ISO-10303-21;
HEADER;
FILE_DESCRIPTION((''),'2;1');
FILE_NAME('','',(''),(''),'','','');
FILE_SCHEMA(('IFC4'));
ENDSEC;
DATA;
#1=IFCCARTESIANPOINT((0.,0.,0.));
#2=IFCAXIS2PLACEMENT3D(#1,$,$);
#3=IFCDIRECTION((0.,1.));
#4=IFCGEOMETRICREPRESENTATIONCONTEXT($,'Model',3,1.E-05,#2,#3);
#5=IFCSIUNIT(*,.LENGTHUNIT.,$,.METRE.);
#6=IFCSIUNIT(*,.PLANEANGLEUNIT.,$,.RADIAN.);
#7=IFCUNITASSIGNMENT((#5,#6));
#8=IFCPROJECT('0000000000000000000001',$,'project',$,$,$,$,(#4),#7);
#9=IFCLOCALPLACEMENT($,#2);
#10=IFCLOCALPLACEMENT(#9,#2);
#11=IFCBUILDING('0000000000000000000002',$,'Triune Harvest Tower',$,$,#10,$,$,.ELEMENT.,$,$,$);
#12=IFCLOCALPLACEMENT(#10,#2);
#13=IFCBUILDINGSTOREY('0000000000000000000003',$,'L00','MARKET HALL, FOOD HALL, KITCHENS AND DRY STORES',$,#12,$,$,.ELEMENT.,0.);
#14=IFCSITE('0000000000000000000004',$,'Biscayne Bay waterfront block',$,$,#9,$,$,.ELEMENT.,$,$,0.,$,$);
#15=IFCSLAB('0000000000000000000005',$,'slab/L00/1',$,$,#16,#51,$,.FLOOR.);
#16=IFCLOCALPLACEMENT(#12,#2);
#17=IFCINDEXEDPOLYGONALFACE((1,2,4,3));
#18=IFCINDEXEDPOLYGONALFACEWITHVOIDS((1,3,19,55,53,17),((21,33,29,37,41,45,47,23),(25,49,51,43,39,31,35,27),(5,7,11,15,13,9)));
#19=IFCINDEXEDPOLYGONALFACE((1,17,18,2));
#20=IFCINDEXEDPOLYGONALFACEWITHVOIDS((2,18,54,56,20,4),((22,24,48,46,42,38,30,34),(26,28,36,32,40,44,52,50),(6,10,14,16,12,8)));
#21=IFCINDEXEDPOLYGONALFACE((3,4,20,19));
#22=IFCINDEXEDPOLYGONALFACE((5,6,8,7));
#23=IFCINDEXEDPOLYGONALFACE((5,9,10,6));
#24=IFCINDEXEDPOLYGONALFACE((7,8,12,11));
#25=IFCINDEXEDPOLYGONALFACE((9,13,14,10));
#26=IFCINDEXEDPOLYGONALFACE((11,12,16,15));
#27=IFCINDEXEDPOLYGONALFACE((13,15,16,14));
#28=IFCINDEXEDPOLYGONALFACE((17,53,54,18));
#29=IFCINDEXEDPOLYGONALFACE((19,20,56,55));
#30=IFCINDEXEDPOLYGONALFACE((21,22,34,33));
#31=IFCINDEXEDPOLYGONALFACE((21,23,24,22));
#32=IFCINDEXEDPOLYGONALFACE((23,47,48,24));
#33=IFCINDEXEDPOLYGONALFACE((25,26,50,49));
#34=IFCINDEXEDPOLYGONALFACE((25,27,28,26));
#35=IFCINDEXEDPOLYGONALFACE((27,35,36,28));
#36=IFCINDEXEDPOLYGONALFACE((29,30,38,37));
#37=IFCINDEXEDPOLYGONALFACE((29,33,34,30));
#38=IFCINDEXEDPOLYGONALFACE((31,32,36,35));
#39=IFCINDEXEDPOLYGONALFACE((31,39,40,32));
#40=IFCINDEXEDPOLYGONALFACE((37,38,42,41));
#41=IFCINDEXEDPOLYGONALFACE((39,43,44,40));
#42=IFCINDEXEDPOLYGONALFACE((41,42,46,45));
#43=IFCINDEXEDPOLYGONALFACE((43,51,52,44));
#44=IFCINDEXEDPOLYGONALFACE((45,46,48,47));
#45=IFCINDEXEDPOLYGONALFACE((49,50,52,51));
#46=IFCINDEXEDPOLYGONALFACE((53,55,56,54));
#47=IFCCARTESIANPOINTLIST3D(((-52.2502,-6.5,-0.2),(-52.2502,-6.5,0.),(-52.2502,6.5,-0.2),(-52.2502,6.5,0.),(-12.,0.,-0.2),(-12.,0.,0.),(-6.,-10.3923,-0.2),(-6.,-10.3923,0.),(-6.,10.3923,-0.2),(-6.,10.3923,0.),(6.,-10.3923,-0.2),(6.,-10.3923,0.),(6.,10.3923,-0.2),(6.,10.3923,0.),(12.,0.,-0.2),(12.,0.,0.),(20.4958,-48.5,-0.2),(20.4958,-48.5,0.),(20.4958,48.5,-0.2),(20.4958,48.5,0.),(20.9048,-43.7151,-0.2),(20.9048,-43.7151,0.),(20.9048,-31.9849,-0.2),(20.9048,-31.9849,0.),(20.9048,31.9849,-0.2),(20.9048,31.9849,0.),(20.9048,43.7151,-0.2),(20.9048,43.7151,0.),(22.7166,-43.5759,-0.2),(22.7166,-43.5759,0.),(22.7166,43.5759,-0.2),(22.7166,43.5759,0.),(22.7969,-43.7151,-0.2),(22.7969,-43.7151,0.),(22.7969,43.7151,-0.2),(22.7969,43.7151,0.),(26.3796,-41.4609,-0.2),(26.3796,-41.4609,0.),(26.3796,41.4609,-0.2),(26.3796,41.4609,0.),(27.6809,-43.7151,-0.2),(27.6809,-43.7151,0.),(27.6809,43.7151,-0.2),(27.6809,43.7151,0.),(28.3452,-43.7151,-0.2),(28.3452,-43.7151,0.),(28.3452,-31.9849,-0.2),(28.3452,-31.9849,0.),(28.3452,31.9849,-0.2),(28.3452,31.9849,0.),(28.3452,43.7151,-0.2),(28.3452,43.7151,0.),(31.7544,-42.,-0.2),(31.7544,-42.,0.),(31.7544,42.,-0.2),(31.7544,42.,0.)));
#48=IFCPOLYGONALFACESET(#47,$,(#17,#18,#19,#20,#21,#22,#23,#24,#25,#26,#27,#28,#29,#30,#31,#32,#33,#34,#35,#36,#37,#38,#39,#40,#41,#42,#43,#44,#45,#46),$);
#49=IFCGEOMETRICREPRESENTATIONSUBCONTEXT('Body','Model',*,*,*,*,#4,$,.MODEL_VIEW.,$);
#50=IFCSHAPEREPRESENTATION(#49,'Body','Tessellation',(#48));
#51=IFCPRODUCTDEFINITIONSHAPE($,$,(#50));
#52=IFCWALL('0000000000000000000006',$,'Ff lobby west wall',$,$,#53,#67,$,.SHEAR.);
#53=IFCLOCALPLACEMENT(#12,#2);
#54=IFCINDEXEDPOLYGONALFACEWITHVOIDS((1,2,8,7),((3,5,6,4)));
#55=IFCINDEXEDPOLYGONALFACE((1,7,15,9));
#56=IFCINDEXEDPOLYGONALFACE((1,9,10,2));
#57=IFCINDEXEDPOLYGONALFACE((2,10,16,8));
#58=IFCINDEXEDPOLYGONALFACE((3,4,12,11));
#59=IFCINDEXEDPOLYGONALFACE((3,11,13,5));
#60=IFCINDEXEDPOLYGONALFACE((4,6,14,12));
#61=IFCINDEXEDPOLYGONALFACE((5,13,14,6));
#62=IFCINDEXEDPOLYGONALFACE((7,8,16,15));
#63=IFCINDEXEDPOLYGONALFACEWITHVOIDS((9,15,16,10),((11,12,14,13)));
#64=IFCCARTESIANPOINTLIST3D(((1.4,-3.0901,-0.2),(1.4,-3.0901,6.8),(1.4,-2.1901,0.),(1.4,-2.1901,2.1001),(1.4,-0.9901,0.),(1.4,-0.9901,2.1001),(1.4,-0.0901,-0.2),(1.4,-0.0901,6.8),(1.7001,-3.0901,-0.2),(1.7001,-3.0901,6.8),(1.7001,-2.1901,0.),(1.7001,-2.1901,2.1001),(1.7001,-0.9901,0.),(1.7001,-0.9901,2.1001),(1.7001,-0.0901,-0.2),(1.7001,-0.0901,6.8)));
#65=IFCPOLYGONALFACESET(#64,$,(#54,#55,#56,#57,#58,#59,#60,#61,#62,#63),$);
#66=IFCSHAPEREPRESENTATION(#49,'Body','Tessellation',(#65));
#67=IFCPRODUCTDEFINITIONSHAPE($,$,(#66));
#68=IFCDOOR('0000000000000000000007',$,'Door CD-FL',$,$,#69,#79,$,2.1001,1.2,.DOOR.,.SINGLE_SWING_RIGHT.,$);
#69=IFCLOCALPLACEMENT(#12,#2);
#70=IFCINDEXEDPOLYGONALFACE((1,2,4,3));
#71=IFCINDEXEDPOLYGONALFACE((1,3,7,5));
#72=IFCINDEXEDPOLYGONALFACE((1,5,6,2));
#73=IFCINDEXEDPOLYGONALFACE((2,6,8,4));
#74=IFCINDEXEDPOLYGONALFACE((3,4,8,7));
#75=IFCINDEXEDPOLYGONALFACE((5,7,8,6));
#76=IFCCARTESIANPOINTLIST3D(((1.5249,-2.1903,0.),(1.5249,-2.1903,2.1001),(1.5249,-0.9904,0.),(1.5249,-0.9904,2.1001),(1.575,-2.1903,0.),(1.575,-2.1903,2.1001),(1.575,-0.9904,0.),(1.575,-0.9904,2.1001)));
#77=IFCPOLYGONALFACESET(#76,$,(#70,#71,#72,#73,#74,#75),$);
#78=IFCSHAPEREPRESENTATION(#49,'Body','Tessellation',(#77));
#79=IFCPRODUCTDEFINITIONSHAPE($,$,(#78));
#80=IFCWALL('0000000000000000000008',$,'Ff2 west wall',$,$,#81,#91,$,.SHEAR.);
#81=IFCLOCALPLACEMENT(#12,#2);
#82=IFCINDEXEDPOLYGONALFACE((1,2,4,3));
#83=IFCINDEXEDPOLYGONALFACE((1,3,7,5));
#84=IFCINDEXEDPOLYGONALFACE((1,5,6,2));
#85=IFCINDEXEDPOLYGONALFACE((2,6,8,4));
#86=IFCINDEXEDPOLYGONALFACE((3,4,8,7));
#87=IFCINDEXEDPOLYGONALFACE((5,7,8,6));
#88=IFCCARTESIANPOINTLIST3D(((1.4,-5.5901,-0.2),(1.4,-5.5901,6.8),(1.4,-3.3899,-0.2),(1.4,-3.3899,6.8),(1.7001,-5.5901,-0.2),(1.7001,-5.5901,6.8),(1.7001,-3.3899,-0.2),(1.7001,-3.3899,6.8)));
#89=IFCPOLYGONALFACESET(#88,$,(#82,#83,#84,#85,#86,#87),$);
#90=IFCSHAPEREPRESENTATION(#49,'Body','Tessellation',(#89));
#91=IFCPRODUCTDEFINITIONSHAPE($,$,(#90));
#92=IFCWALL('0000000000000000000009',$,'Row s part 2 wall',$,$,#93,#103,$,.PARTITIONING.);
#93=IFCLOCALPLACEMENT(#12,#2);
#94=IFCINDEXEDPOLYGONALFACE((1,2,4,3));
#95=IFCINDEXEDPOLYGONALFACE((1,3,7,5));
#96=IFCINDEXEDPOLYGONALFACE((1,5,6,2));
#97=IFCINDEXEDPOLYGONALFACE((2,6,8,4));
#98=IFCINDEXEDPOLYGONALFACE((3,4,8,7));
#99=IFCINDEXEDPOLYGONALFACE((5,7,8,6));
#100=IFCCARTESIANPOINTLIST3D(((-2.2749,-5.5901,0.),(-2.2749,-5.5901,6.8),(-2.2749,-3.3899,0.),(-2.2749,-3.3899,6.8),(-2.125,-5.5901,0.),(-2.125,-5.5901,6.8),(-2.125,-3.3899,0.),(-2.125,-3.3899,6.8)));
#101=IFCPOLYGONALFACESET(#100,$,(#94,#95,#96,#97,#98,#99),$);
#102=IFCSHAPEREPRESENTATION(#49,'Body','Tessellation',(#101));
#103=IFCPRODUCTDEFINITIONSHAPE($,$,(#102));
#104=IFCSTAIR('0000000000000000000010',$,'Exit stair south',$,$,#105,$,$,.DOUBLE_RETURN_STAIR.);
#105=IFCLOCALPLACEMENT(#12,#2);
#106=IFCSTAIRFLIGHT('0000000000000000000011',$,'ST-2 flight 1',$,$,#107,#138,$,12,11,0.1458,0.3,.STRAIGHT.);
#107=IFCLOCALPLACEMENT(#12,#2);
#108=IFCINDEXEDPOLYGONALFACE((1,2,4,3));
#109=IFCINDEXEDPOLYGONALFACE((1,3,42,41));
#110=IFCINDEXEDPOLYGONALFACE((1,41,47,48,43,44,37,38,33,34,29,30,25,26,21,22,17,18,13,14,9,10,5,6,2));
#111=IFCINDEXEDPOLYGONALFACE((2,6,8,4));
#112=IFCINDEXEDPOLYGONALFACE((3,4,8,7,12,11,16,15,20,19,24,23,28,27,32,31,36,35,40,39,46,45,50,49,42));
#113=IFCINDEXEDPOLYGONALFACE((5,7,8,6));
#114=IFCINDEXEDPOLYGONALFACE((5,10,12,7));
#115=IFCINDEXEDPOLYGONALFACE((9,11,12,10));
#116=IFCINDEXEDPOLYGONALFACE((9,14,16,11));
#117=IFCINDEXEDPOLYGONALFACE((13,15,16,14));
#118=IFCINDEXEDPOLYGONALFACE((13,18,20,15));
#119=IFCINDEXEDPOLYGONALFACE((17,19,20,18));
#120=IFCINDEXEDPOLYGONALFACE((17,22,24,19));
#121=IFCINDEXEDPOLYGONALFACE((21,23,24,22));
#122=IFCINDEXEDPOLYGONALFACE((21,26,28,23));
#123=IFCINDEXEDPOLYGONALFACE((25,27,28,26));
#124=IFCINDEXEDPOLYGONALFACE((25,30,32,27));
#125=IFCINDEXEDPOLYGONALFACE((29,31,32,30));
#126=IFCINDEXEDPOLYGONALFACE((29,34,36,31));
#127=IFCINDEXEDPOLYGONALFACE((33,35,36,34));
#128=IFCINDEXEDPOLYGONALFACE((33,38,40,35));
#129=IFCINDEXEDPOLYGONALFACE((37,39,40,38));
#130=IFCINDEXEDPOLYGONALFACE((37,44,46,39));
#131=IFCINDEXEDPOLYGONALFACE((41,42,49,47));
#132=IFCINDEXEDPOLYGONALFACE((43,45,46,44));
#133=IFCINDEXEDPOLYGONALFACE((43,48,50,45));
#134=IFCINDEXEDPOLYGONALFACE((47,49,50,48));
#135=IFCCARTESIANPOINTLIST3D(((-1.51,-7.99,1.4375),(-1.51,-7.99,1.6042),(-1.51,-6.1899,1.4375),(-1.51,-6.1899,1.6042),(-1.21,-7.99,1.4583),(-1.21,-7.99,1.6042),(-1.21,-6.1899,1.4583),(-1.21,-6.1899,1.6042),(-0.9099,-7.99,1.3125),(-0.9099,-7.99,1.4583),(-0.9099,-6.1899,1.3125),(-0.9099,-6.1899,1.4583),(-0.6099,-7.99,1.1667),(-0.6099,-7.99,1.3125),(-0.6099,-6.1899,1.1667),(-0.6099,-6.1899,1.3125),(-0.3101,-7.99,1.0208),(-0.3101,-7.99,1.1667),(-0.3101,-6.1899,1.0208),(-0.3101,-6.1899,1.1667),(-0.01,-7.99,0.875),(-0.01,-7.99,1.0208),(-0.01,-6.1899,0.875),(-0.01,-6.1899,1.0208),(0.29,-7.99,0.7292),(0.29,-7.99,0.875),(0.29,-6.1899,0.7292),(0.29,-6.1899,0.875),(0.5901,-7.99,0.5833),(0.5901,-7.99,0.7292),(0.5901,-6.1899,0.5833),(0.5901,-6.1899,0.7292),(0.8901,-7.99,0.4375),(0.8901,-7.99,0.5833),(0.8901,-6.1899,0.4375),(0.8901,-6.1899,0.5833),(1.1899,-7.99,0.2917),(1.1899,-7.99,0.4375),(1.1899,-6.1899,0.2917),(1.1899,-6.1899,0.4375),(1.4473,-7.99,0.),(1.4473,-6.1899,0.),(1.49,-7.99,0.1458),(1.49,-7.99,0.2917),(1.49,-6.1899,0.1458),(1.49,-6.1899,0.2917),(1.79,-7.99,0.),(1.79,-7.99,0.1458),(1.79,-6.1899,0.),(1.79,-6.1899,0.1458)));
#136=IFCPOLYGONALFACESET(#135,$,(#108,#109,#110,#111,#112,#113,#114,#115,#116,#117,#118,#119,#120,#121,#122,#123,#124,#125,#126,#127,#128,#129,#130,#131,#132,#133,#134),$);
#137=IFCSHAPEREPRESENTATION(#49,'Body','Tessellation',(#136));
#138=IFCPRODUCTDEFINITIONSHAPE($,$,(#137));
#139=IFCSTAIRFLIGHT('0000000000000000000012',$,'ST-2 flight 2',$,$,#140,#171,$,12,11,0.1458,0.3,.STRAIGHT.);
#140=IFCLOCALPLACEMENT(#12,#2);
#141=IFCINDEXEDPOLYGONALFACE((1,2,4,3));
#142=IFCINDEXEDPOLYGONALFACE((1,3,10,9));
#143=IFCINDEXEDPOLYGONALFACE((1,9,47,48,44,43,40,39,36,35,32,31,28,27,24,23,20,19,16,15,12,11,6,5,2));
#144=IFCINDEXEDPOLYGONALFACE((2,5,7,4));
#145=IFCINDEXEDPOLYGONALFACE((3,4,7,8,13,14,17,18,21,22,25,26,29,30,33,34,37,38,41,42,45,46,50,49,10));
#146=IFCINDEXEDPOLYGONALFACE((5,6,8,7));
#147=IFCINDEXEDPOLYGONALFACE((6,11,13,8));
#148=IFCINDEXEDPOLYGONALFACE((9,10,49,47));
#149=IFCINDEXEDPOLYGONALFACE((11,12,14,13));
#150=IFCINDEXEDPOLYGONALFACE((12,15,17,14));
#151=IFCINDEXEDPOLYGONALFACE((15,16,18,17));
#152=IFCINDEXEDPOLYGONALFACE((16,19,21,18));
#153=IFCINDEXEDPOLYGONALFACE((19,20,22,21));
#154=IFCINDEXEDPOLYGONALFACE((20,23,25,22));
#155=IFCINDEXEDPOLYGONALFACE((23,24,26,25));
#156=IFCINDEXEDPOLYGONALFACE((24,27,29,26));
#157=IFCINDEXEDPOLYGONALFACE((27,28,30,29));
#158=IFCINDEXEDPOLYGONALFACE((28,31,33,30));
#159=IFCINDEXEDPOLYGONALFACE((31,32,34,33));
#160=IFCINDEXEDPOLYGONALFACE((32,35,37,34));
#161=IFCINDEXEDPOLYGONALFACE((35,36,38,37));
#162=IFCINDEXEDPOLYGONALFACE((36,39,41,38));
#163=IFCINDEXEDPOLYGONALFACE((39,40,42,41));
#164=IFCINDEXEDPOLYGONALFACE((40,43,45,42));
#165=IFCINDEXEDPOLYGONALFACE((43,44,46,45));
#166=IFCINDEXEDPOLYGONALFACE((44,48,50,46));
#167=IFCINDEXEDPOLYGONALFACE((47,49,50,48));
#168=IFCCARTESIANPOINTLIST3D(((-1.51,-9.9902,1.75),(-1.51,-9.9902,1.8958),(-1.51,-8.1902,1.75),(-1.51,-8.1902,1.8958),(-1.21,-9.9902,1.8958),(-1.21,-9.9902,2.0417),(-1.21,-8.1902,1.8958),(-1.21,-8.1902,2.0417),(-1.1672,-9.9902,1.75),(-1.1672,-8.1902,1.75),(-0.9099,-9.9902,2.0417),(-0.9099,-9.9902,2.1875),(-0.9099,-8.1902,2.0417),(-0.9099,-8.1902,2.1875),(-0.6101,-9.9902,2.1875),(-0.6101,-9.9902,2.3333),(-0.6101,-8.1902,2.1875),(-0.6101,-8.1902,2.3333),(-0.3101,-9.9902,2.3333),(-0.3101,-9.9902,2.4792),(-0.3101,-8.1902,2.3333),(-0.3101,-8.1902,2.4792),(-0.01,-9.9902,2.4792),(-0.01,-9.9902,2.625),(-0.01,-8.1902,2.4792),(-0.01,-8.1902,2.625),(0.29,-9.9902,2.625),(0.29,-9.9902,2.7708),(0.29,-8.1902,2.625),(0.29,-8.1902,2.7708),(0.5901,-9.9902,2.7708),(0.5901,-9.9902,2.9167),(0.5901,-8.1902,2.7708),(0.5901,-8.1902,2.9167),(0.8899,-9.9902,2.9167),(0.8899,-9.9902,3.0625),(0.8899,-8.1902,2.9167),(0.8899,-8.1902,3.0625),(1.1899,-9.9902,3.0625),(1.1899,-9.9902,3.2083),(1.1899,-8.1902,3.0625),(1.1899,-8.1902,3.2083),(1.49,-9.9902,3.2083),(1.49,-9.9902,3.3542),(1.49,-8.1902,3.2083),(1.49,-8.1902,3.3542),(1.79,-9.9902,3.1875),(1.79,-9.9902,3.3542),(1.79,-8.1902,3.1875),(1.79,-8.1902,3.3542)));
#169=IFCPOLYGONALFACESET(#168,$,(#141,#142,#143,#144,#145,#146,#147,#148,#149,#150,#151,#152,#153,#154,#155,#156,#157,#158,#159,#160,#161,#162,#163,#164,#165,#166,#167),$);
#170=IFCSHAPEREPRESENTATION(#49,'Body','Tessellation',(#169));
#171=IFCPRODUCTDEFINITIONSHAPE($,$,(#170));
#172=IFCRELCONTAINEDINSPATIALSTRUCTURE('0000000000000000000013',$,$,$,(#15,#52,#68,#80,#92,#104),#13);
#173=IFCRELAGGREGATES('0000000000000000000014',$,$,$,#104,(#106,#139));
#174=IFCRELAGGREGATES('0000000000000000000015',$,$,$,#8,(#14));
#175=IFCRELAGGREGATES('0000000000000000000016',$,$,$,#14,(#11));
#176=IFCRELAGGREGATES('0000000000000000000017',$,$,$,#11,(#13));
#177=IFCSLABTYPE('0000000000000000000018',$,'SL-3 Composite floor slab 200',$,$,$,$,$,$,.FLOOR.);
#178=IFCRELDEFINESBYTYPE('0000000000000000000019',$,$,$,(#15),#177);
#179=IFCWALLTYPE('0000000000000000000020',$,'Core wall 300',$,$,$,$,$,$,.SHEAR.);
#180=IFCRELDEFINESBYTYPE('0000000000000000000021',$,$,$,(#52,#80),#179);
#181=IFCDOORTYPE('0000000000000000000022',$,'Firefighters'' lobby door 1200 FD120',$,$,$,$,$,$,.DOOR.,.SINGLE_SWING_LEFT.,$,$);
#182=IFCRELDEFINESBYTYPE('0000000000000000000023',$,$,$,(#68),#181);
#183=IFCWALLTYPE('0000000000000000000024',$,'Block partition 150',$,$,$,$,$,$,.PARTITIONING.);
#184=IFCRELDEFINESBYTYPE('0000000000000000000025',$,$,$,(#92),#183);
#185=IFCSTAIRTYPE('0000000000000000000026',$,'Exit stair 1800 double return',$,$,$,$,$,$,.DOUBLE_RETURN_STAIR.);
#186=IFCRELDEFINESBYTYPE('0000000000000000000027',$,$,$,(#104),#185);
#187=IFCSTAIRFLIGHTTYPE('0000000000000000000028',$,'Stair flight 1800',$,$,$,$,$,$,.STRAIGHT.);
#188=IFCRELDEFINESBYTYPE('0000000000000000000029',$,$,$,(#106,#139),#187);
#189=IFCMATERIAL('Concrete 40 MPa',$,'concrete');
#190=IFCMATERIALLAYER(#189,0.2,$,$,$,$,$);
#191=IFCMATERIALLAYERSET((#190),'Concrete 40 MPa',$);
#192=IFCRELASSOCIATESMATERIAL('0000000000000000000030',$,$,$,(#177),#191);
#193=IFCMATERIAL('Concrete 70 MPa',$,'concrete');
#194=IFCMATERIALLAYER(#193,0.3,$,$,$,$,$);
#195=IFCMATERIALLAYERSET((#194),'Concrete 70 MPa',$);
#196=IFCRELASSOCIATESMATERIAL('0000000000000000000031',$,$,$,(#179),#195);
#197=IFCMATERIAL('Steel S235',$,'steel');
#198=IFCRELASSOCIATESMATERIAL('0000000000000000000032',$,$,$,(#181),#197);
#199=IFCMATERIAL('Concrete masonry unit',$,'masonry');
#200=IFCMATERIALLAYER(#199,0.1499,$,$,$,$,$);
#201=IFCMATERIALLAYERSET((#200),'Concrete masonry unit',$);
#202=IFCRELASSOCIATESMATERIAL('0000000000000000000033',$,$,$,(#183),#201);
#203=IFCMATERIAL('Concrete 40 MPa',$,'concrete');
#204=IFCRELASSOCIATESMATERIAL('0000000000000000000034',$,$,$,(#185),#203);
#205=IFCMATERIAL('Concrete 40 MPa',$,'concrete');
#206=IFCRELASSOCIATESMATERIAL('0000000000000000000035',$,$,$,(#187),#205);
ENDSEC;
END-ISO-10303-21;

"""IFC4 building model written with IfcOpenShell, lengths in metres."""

from ifc_helpers import new_model, si_unit, direction, frame, frame_2d, origin, place, context, subcontext, project, spatial, polyline, rectangle, outline, extrude, source, transform, mapped, material, layer, layer_set, type_object, element, fill, aggregate, save


model = new_model("IFC4")

# Units and contexts
model_context = context("Model", 3, precision=1e-05, world=origin(), true_north=direction((0.0, 1.0)))
body_context = subcontext(model_context, "Body", "Model", "MODEL_VIEW")
ifc_project = project(units=[si_unit("LENGTHUNIT", "METRE"), si_unit("PLANEANGLEUNIT", "RADIAN")], contexts=[model_context])

# Site, building, storey
site_placement = place(None, origin())
site = spatial("IfcSite", under=ifc_project, at=site_placement, Name="Biscayne Bay waterfront block", CompositionType="ELEMENT", RefElevation=0.0)
building_placement = place(site_placement, origin())
building = spatial("IfcBuilding", under=site, at=building_placement, Name="Triune Harvest Tower", CompositionType="ELEMENT")
storey_placement = place(building_placement, origin())
storey = spatial("IfcBuildingStorey", under=building, at=storey_placement, Name="L00", Description="MARKET HALL, FOOD HALL, KITCHENS AND DRY STORES", CompositionType="ELEMENT", Elevation=0.0)

# Slab
ifc_material_1 = material(Name="Concrete 40 MPa", Category="concrete")
ifc_layer_1 = layer(ifc_material_1, 0.2)
ifc_layer_set_1 = layer_set([ifc_layer_1], Name="Concrete 40 MPa")
slab_type_1 = type_object("IfcSlabType", Name="SL-3 Composite floor slab 200", PredefinedType="FLOOR", material=ifc_layer_set_1)
slab_1_placement = place(storey_placement, frame((0.0, 0.0, -0.2)))
element("IfcSlab", 1, at=slab_1_placement, inside=storey, type_object=slab_type_1, Name="slab/L00/1", PredefinedType="FLOOR", context=body_context, shape_type="SweptSolid", body=[
    extrude(outline(polyline([(31.7544, -42.0), (31.7544, 42.0), (20.4958, 48.5), (-52.2502, 6.5), (-52.2502, -6.5), (20.4958, -48.5), (31.7544, -42.0)]), holes=[polyline([(12.0, 0.0), (6.0, 10.3923), (-6.0, 10.3923), (-12.0, 0.0), (-6.0, -10.3923), (6.0, -10.3923), (12.0, 0.0)]), polyline([(28.3452, 31.9849), (20.9048, 31.9849), (20.9048, 43.7151), (22.7969, 43.7151), (22.7166, 43.5759), (26.3796, 41.4609), (27.6809, 43.7151), (28.3452, 43.7151), (28.3452, 31.9849)]), polyline([(20.9048, -31.9849), (28.3452, -31.9849), (28.3452, -43.7151), (27.6809, -43.7151), (26.3796, -41.4609), (22.7166, -43.5759), (22.7969, -43.7151), (20.9048, -43.7151), (20.9048, -31.9849)])]), origin(), (0.0, 0.0, 1.0), 0.2),
])

# Wall, opening, door
ifc_material_2 = material(Name="Concrete 70 MPa", Category="concrete")
ifc_layer_2 = layer(ifc_material_2, 0.3)
ifc_layer_set_2 = layer_set([ifc_layer_2], Name="Concrete 70 MPa")
wall_type_1 = type_object("IfcWallType", Name="Core wall 300", PredefinedType="SHEAR", material=ifc_layer_set_2)
shared_shape_1 = source(origin(), body_context, "Body", "SweptSolid", [
    extrude(rectangle(XDim=3.0, YDim=0.3, at=frame_2d((1.5, 0.0))), origin(), (0.0, 0.0, 1.0), 7.0),
])
wall_1_placement = place(storey_placement, frame((1.55, -3.0901, -0.2), z_axis=(0.0, 0.0, 1.0), x_axis=(0.0, 1.0, 0.0)))
wall_1 = element("IfcWall", 2, at=wall_1_placement, inside=storey, type_object=wall_type_1, Name="Ff lobby west wall", PredefinedType="SHEAR", context=body_context, shape_type="MappedRepresentation", body=[
    mapped(shared_shape_1, transform((0.0, 0.0, 0.0), scale=1.0)),
])
opening_placement = place(wall_1_placement, frame((0.8999, 0.0, 0.2)))
opening = element("IfcOpeningElement", 3, at=opening_placement, cuts=wall_1, PredefinedType="OPENING", context=body_context, shape_type="SweptSolid", body=[
    extrude(rectangle(XDim=1.2, YDim=2.1001, at=frame_2d((0.6001, 1.05))), frame((0.0, 0.1602, 0.0), z_axis=(0.0, -1.0, 0.0), x_axis=(1.0, 0.0, 0.0)), (0.0, 0.0, 1.0), 0.3201),
])
ifc_material_3 = material(Name="Steel S235", Category="steel")
door_type = type_object("IfcDoorType", Name="Firefighters' lobby door 1200 FD120", OperationType="SINGLE_SWING_LEFT", PredefinedType="DOOR", material=ifc_material_3)
door_placement = place(opening_placement, frame((1.2, 0.0, 0.0), z_axis=(0.0, 0.0, 1.0), x_axis=(-1.0, 0.0, 0.0)))
door = element("IfcDoor", 4, at=door_placement, inside=storey, type_object=door_type, Name="Door CD-FL", OperationType="SINGLE_SWING_RIGHT", OverallHeight=2.1001, OverallWidth=1.2, PredefinedType="DOOR", context=body_context, shape_type="SweptSolid", body=[
    extrude(rectangle(XDim=1.2, YDim=2.1001, at=frame_2d((0.6001, 1.05))), frame((0.0, 0.0249, 0.0), z_axis=(0.0, -1.0, 0.0), x_axis=(1.0, 0.0, 0.0)), (0.0, 0.0, 1.0), 0.05),
])
fill(opening, door)

# Walls
shared_shape_2 = source(origin(), body_context, "Body", "SweptSolid", [
    extrude(rectangle(XDim=2.2002, YDim=0.3, at=frame_2d((1.1001, 0.0))), origin(), (0.0, 0.0, 1.0), 7.0),
])
wall_2_placement = place(storey_placement, frame((1.55, -5.5901, -0.2), z_axis=(0.0, 0.0, 1.0), x_axis=(0.0, 1.0, 0.0)))
element("IfcWall", 5, at=wall_2_placement, inside=storey, type_object=wall_type_1, Name="Ff2 west wall", PredefinedType="SHEAR", context=body_context, shape_type="MappedRepresentation", body=[
    mapped(shared_shape_2, transform((0.0, 0.0, 0.0), scale=1.0)),
])
ifc_material_4 = material(Name="Concrete masonry unit", Category="masonry")
ifc_layer_3 = layer(ifc_material_4, 0.1499)
ifc_layer_set_3 = layer_set([ifc_layer_3], Name="Concrete masonry unit")
wall_type_2 = type_object("IfcWallType", Name="Block partition 150", PredefinedType="PARTITIONING", material=ifc_layer_set_3)
shared_shape_3 = source(origin(), body_context, "Body", "SweptSolid", [
    extrude(rectangle(XDim=2.2002, YDim=0.1499, at=frame_2d((1.1001, 0.0))), origin(), (0.0, 0.0, 1.0), 6.8),
])
wall_3_placement = place(storey_placement, frame((-2.2, -5.5901, 0.0), z_axis=(0.0, 0.0, 1.0), x_axis=(0.0, 1.0, 0.0)))
element("IfcWall", 6, at=wall_3_placement, inside=storey, type_object=wall_type_2, Name="Row s part 2 wall", PredefinedType="PARTITIONING", context=body_context, shape_type="MappedRepresentation", body=[
    mapped(shared_shape_3, transform((0.0, 0.0, 0.0), scale=1.0)),
])

# Stair, stair flights
ifc_material_5 = material(Name="Concrete 40 MPa", Category="concrete")
stair_type = type_object("IfcStairType", Name="Exit stair 1800 double return", PredefinedType="DOUBLE_RETURN_STAIR", material=ifc_material_5)
stair_placement = place(storey_placement, origin())
stair = element("IfcStair", 7, at=stair_placement, inside=storey, type_object=stair_type, Name="Exit stair south", PredefinedType="DOUBLE_RETURN_STAIR")
ifc_material_6 = material(Name="Concrete 40 MPa", Category="concrete")
stair_flight_type = type_object("IfcStairFlightType", Name="Stair flight 1800", PredefinedType="STRAIGHT", material=ifc_material_6)
shared_shape_4 = source(origin(), body_context, "Body", "SweptSolid", [
    extrude(outline(polyline([(0.0, 0.0), (0.0, 0.1458), (0.3, 0.1458), (0.3, 0.2917), (0.6001, 0.2917), (0.6001, 0.4375), (0.8999, 0.4375), (0.8999, 0.5833), (1.2, 0.5833), (1.2, 0.7292), (1.5, 0.7292), (1.5, 0.875), (1.8, 0.875), (1.8, 1.0208), (2.1001, 1.0208), (2.1001, 1.1667), (2.3999, 1.1667), (2.3999, 1.3125), (2.7, 1.3125), (2.7, 1.4583), (3.0, 1.4583), (3.0, 1.6042), (3.3, 1.6042), (3.3, 1.75), (3.3, 1.4375), (0.3428, 0.0), (0.0, 0.0)])), frame((0.0, 0.8999, 0.0), z_axis=(0.0, -1.0, 0.0), x_axis=(1.0, 0.0, 0.0)), (0.0, 0.0, 1.0), 1.8),
])
stair_flight_1_placement = place(storey_placement, frame((1.79, -7.0901, 0.0), z_axis=(0.0, 0.0, 1.0), x_axis=(-1.0, 0.0, 0.0)))
stair_flight_1 = element("IfcStairFlight", 8, at=stair_flight_1_placement, type_object=stair_flight_type, Name="ST-2 flight 1", NumberOfRisers=12, NumberOfTreads=11, PredefinedType="STRAIGHT", RiserHeight=0.1458, TreadLength=0.3, context=body_context, shape_type="MappedRepresentation", body=[
    mapped(shared_shape_4, transform((0.0, 0.0, 0.0), scale=1.0)),
])
stair_flight_2_placement = place(storey_placement, frame((-1.51, -9.0901, 1.75), z_axis=(0.0, 0.0, 1.0), x_axis=(1.0, 0.0, 0.0)))
stair_flight_2 = element("IfcStairFlight", 9, at=stair_flight_2_placement, type_object=stair_flight_type, Name="ST-2 flight 2", NumberOfRisers=12, NumberOfTreads=11, PredefinedType="STRAIGHT", RiserHeight=0.1458, TreadLength=0.3, context=body_context, shape_type="MappedRepresentation", body=[
    mapped(shared_shape_4, transform((0.0, 0.0, 0.0), scale=1.0)),
])
aggregate(stair, [stair_flight_1, stair_flight_2])

save(model, "model.ifc")
